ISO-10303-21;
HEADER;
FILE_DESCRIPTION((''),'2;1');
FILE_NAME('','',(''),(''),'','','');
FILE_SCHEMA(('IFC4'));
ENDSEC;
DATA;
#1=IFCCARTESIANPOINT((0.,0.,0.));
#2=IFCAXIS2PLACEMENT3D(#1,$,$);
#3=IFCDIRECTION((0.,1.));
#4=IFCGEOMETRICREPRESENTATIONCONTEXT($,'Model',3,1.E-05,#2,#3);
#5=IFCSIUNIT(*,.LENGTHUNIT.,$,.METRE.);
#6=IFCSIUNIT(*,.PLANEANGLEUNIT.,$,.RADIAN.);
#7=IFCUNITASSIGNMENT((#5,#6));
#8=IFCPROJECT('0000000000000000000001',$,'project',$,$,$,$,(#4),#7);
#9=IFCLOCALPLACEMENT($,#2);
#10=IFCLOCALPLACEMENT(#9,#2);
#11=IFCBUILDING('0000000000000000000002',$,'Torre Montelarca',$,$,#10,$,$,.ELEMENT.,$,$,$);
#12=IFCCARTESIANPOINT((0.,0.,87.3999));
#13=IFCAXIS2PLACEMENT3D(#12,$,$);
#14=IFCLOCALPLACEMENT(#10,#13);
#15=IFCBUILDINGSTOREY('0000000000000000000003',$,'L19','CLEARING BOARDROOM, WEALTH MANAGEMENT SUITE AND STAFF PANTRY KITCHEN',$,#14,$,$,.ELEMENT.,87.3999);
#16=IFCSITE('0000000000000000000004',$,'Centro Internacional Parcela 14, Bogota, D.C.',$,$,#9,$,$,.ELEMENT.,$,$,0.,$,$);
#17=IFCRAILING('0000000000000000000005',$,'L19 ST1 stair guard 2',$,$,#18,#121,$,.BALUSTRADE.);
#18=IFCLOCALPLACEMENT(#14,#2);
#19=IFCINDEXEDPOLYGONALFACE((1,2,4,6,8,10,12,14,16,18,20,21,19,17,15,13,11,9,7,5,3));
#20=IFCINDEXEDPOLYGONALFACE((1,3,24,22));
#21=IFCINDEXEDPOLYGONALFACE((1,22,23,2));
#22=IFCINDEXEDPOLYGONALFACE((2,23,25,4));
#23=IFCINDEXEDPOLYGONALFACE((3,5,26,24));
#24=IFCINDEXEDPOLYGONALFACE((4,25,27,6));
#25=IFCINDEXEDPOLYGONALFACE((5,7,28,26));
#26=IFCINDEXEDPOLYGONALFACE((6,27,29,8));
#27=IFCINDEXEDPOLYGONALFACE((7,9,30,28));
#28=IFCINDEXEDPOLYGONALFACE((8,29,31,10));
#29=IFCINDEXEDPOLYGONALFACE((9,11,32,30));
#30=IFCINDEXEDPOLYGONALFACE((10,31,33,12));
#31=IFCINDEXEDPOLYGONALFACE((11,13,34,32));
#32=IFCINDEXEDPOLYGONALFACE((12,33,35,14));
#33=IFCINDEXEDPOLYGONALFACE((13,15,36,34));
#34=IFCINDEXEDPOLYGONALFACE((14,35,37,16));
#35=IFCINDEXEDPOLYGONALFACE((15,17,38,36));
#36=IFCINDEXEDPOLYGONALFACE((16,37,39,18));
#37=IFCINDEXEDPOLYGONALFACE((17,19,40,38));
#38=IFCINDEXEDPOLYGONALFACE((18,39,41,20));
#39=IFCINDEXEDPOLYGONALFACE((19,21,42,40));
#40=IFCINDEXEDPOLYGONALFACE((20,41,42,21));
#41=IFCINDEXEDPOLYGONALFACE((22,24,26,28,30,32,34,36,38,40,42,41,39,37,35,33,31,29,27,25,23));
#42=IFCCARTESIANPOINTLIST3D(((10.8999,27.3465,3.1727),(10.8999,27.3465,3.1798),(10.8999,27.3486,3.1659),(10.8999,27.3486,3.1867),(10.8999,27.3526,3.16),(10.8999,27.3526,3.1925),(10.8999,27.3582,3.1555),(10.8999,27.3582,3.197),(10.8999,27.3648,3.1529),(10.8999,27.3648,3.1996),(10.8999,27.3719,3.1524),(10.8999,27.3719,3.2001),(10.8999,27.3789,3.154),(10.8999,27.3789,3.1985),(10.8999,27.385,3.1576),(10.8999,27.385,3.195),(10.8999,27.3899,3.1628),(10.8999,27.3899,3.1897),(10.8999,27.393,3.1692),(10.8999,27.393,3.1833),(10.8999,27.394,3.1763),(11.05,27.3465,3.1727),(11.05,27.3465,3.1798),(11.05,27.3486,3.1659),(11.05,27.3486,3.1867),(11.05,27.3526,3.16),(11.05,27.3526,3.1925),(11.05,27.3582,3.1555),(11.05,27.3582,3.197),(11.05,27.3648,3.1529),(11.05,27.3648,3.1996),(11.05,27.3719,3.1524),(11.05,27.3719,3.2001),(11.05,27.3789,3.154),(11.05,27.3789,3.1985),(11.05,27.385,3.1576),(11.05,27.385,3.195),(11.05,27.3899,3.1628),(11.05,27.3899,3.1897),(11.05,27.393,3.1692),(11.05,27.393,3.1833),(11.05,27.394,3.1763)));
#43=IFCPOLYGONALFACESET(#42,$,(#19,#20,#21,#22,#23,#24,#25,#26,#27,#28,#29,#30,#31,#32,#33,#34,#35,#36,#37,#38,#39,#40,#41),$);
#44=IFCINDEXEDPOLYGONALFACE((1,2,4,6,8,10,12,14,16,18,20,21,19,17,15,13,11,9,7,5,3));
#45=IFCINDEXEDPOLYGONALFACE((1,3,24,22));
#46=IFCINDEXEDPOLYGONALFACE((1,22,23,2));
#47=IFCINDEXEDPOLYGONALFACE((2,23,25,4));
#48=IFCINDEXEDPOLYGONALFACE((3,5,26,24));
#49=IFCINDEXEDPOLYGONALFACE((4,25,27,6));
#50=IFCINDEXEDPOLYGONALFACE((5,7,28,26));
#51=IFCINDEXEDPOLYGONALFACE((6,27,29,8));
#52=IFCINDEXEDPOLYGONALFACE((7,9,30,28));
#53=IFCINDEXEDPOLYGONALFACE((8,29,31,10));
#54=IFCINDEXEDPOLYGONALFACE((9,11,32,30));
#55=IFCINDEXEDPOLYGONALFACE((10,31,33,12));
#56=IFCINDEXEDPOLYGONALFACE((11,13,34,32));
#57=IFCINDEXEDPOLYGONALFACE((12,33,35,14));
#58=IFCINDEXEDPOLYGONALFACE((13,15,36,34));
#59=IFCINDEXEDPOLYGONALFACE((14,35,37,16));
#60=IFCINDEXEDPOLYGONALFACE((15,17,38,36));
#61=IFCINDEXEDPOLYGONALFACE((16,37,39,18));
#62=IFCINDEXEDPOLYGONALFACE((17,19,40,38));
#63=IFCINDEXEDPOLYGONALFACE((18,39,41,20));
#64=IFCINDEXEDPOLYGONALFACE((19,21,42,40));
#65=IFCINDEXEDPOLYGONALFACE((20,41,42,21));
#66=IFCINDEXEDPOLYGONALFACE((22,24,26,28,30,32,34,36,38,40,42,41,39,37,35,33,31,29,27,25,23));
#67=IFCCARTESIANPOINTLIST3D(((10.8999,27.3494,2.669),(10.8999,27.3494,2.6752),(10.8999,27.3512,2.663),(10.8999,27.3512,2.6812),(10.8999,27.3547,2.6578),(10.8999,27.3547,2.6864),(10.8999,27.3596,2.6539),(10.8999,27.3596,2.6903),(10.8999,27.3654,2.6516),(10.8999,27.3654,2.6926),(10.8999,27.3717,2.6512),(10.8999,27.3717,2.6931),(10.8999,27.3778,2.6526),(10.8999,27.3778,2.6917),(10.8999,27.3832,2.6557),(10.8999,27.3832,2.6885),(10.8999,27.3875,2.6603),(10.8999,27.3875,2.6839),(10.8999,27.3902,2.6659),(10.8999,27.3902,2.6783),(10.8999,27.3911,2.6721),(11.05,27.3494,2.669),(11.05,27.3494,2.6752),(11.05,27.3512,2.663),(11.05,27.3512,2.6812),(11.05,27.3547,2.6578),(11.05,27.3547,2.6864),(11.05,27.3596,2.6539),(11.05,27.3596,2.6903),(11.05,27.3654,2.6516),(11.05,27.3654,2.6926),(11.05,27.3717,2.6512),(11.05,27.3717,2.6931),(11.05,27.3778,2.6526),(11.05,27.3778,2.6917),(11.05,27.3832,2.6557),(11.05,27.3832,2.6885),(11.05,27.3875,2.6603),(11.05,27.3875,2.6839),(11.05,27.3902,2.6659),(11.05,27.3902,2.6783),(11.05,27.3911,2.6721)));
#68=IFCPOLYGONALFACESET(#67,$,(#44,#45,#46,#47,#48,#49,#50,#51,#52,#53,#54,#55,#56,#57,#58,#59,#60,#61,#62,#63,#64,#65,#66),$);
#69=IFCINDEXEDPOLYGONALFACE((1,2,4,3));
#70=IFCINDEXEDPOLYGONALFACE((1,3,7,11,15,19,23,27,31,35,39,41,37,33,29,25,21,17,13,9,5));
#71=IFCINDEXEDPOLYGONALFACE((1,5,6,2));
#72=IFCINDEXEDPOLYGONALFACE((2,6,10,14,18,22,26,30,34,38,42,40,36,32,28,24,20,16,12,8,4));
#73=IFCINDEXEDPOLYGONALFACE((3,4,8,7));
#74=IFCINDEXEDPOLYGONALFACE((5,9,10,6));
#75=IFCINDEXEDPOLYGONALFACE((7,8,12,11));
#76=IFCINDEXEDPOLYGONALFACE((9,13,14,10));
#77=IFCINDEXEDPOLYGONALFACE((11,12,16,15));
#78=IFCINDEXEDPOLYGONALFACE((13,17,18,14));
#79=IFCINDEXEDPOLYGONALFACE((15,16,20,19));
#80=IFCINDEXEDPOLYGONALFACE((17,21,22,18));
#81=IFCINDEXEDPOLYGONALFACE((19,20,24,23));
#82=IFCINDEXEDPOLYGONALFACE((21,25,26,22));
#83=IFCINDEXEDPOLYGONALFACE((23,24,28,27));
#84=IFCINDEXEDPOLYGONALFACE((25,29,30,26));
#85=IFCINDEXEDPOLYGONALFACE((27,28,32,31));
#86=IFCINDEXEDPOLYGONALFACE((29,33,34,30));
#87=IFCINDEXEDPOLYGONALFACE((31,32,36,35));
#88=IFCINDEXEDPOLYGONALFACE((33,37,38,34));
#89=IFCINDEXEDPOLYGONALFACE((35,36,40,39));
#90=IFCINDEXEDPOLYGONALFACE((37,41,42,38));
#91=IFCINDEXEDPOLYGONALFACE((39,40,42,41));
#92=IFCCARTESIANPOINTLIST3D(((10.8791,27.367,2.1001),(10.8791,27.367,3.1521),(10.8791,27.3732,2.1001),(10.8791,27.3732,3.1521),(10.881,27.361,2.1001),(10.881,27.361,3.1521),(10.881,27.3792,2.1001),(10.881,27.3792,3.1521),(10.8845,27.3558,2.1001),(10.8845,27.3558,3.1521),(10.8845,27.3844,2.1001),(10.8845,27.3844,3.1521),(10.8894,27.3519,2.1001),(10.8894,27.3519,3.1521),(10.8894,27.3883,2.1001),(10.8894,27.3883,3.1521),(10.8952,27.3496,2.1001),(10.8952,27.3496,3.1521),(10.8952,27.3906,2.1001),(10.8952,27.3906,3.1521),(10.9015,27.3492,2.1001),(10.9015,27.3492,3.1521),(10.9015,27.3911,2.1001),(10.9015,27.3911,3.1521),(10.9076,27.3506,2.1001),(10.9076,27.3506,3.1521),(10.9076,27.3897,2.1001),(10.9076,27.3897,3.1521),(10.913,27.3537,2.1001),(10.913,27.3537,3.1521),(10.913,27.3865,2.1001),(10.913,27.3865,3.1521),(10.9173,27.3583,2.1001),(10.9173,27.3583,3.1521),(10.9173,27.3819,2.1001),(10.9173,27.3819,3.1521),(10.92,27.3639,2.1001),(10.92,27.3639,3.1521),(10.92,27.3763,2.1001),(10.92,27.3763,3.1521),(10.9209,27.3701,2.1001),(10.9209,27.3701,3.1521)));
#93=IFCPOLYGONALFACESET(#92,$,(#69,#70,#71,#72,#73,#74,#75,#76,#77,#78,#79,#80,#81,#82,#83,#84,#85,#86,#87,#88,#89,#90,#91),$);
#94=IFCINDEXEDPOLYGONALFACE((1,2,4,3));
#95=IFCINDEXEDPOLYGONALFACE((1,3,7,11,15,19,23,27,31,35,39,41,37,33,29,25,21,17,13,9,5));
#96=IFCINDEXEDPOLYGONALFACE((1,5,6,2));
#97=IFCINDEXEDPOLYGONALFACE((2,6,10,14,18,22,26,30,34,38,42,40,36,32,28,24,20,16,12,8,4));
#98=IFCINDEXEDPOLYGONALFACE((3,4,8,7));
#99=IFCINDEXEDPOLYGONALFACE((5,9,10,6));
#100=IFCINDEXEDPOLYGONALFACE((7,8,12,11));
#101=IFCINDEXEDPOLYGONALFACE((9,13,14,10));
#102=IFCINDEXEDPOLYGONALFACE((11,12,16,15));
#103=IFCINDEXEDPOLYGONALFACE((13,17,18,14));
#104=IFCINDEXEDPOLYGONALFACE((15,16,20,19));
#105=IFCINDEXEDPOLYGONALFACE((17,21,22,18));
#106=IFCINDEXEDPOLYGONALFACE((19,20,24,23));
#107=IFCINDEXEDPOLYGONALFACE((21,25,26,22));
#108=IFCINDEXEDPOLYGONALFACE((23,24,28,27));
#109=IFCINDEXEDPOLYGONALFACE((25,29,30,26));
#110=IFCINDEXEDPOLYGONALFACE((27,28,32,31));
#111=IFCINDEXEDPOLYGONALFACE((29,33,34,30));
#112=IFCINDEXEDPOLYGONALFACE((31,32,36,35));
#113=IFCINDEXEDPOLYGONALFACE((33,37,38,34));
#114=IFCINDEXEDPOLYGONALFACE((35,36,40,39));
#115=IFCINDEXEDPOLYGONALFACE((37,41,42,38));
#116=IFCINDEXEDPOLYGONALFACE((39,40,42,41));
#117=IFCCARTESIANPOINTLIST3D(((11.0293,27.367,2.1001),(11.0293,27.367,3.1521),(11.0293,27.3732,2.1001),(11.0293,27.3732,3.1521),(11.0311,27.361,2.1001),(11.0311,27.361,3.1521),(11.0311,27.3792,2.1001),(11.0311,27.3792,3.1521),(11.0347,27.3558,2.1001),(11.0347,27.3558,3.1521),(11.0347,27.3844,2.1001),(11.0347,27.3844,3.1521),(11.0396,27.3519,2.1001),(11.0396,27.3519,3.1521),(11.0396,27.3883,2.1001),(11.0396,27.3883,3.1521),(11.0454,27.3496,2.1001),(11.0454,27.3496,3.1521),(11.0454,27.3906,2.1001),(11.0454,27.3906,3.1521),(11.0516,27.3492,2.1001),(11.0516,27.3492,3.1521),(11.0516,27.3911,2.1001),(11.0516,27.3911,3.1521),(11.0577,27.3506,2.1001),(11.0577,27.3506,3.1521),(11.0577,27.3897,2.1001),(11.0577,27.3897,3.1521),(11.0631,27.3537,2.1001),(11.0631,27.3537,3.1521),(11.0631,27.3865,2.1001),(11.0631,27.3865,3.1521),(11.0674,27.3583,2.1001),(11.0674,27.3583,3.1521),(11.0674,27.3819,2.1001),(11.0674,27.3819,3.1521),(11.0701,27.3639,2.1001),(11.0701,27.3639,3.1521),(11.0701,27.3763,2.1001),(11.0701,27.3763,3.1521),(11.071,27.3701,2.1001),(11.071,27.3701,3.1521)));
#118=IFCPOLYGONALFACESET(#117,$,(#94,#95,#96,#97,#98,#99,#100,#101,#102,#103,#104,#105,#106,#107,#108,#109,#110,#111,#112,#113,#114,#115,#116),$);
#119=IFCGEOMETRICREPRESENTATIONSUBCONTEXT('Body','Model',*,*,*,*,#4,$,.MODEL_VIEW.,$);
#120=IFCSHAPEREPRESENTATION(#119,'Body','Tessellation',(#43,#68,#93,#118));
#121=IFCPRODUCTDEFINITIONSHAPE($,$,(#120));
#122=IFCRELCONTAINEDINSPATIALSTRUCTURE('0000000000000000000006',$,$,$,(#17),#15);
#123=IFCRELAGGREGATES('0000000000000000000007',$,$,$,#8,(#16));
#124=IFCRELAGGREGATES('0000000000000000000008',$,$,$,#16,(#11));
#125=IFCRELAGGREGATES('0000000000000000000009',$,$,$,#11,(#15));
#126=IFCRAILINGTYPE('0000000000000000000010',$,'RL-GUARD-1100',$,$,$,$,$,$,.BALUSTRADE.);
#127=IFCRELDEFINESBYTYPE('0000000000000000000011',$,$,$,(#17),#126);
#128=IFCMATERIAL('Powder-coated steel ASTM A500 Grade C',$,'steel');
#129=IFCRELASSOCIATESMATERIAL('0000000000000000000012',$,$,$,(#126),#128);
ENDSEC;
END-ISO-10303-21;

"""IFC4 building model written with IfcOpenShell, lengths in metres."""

from ifc_helpers import new_model, si_unit, direction, frame, origin, origin_2d, place, context, subcontext, project, spatial, circle, extrude, material, type_object, element, save


model = new_model("IFC4")

# Units and contexts
model_context = context("Model", 3, precision=1e-05, world=origin(), true_north=direction((0.0, 1.0)))
body_context = subcontext(model_context, "Body", "Model", "MODEL_VIEW")
ifc_project = project(units=[si_unit("LENGTHUNIT", "METRE"), si_unit("PLANEANGLEUNIT", "RADIAN")], contexts=[model_context])

# Site, building, storey
site_placement = place(None, origin())
site = spatial("IfcSite", under=ifc_project, at=site_placement, Name="Centro Internacional Parcela 14, Bogota, D.C.", CompositionType="ELEMENT", RefElevation=0.0)
building_placement = place(site_placement, origin())
building = spatial("IfcBuilding", under=site, at=building_placement, Name="Torre Montelarca", CompositionType="ELEMENT")
storey_placement = place(building_placement, frame((0.0, 0.0, 87.3999)))
storey = spatial("IfcBuildingStorey", under=building, at=storey_placement, Name="L19", Description="CLEARING BOARDROOM, WEALTH MANAGEMENT SUITE AND STAFF PANTRY KITCHEN", CompositionType="ELEMENT", Elevation=87.3999)

# Railing
ifc_material_1 = material(Name="Powder-coated steel ASTM A500 Grade C", Category="steel")
railing_type_1 = type_object("IfcRailingType", Name="RL-GUARD-1100", PredefinedType="BALUSTRADE", material=ifc_material_1)
railing_1_placement = place(storey_placement, frame((10.8999, 27.3701, 2.1001)))
element("IfcRailing", 1, at=railing_1_placement, inside=storey, type_object=railing_type_1, Name="L19 ST1 stair guard 2", PredefinedType="BALUSTRADE", context=body_context, shape_type="SweptSolid", body=[
    extrude(circle(Radius=0.0239, at=origin_2d()), frame((0.0, 0.0, 1.0762), z_axis=(1.0, 0.0, 0.0), x_axis=(0.0, 1.0, 0.0)), (0.0, 0.0, 1.0), 0.1501),
    extrude(circle(Radius=0.021, at=origin_2d()), frame((0.0, 0.0, 0.572), z_axis=(1.0, 0.0, 0.0), x_axis=(0.0, 1.0, 0.0)), (0.0, 0.0, 1.0), 0.1501),
    extrude(circle(Radius=0.021, at=origin_2d()), origin(), (0.0, 0.0, 1.0), 1.052),
    extrude(circle(Radius=0.021, at=origin_2d()), frame((0.1501, 0.0, 0.0)), (0.0, 0.0, 1.0), 1.052),
])

save(model, "model.ifc")
